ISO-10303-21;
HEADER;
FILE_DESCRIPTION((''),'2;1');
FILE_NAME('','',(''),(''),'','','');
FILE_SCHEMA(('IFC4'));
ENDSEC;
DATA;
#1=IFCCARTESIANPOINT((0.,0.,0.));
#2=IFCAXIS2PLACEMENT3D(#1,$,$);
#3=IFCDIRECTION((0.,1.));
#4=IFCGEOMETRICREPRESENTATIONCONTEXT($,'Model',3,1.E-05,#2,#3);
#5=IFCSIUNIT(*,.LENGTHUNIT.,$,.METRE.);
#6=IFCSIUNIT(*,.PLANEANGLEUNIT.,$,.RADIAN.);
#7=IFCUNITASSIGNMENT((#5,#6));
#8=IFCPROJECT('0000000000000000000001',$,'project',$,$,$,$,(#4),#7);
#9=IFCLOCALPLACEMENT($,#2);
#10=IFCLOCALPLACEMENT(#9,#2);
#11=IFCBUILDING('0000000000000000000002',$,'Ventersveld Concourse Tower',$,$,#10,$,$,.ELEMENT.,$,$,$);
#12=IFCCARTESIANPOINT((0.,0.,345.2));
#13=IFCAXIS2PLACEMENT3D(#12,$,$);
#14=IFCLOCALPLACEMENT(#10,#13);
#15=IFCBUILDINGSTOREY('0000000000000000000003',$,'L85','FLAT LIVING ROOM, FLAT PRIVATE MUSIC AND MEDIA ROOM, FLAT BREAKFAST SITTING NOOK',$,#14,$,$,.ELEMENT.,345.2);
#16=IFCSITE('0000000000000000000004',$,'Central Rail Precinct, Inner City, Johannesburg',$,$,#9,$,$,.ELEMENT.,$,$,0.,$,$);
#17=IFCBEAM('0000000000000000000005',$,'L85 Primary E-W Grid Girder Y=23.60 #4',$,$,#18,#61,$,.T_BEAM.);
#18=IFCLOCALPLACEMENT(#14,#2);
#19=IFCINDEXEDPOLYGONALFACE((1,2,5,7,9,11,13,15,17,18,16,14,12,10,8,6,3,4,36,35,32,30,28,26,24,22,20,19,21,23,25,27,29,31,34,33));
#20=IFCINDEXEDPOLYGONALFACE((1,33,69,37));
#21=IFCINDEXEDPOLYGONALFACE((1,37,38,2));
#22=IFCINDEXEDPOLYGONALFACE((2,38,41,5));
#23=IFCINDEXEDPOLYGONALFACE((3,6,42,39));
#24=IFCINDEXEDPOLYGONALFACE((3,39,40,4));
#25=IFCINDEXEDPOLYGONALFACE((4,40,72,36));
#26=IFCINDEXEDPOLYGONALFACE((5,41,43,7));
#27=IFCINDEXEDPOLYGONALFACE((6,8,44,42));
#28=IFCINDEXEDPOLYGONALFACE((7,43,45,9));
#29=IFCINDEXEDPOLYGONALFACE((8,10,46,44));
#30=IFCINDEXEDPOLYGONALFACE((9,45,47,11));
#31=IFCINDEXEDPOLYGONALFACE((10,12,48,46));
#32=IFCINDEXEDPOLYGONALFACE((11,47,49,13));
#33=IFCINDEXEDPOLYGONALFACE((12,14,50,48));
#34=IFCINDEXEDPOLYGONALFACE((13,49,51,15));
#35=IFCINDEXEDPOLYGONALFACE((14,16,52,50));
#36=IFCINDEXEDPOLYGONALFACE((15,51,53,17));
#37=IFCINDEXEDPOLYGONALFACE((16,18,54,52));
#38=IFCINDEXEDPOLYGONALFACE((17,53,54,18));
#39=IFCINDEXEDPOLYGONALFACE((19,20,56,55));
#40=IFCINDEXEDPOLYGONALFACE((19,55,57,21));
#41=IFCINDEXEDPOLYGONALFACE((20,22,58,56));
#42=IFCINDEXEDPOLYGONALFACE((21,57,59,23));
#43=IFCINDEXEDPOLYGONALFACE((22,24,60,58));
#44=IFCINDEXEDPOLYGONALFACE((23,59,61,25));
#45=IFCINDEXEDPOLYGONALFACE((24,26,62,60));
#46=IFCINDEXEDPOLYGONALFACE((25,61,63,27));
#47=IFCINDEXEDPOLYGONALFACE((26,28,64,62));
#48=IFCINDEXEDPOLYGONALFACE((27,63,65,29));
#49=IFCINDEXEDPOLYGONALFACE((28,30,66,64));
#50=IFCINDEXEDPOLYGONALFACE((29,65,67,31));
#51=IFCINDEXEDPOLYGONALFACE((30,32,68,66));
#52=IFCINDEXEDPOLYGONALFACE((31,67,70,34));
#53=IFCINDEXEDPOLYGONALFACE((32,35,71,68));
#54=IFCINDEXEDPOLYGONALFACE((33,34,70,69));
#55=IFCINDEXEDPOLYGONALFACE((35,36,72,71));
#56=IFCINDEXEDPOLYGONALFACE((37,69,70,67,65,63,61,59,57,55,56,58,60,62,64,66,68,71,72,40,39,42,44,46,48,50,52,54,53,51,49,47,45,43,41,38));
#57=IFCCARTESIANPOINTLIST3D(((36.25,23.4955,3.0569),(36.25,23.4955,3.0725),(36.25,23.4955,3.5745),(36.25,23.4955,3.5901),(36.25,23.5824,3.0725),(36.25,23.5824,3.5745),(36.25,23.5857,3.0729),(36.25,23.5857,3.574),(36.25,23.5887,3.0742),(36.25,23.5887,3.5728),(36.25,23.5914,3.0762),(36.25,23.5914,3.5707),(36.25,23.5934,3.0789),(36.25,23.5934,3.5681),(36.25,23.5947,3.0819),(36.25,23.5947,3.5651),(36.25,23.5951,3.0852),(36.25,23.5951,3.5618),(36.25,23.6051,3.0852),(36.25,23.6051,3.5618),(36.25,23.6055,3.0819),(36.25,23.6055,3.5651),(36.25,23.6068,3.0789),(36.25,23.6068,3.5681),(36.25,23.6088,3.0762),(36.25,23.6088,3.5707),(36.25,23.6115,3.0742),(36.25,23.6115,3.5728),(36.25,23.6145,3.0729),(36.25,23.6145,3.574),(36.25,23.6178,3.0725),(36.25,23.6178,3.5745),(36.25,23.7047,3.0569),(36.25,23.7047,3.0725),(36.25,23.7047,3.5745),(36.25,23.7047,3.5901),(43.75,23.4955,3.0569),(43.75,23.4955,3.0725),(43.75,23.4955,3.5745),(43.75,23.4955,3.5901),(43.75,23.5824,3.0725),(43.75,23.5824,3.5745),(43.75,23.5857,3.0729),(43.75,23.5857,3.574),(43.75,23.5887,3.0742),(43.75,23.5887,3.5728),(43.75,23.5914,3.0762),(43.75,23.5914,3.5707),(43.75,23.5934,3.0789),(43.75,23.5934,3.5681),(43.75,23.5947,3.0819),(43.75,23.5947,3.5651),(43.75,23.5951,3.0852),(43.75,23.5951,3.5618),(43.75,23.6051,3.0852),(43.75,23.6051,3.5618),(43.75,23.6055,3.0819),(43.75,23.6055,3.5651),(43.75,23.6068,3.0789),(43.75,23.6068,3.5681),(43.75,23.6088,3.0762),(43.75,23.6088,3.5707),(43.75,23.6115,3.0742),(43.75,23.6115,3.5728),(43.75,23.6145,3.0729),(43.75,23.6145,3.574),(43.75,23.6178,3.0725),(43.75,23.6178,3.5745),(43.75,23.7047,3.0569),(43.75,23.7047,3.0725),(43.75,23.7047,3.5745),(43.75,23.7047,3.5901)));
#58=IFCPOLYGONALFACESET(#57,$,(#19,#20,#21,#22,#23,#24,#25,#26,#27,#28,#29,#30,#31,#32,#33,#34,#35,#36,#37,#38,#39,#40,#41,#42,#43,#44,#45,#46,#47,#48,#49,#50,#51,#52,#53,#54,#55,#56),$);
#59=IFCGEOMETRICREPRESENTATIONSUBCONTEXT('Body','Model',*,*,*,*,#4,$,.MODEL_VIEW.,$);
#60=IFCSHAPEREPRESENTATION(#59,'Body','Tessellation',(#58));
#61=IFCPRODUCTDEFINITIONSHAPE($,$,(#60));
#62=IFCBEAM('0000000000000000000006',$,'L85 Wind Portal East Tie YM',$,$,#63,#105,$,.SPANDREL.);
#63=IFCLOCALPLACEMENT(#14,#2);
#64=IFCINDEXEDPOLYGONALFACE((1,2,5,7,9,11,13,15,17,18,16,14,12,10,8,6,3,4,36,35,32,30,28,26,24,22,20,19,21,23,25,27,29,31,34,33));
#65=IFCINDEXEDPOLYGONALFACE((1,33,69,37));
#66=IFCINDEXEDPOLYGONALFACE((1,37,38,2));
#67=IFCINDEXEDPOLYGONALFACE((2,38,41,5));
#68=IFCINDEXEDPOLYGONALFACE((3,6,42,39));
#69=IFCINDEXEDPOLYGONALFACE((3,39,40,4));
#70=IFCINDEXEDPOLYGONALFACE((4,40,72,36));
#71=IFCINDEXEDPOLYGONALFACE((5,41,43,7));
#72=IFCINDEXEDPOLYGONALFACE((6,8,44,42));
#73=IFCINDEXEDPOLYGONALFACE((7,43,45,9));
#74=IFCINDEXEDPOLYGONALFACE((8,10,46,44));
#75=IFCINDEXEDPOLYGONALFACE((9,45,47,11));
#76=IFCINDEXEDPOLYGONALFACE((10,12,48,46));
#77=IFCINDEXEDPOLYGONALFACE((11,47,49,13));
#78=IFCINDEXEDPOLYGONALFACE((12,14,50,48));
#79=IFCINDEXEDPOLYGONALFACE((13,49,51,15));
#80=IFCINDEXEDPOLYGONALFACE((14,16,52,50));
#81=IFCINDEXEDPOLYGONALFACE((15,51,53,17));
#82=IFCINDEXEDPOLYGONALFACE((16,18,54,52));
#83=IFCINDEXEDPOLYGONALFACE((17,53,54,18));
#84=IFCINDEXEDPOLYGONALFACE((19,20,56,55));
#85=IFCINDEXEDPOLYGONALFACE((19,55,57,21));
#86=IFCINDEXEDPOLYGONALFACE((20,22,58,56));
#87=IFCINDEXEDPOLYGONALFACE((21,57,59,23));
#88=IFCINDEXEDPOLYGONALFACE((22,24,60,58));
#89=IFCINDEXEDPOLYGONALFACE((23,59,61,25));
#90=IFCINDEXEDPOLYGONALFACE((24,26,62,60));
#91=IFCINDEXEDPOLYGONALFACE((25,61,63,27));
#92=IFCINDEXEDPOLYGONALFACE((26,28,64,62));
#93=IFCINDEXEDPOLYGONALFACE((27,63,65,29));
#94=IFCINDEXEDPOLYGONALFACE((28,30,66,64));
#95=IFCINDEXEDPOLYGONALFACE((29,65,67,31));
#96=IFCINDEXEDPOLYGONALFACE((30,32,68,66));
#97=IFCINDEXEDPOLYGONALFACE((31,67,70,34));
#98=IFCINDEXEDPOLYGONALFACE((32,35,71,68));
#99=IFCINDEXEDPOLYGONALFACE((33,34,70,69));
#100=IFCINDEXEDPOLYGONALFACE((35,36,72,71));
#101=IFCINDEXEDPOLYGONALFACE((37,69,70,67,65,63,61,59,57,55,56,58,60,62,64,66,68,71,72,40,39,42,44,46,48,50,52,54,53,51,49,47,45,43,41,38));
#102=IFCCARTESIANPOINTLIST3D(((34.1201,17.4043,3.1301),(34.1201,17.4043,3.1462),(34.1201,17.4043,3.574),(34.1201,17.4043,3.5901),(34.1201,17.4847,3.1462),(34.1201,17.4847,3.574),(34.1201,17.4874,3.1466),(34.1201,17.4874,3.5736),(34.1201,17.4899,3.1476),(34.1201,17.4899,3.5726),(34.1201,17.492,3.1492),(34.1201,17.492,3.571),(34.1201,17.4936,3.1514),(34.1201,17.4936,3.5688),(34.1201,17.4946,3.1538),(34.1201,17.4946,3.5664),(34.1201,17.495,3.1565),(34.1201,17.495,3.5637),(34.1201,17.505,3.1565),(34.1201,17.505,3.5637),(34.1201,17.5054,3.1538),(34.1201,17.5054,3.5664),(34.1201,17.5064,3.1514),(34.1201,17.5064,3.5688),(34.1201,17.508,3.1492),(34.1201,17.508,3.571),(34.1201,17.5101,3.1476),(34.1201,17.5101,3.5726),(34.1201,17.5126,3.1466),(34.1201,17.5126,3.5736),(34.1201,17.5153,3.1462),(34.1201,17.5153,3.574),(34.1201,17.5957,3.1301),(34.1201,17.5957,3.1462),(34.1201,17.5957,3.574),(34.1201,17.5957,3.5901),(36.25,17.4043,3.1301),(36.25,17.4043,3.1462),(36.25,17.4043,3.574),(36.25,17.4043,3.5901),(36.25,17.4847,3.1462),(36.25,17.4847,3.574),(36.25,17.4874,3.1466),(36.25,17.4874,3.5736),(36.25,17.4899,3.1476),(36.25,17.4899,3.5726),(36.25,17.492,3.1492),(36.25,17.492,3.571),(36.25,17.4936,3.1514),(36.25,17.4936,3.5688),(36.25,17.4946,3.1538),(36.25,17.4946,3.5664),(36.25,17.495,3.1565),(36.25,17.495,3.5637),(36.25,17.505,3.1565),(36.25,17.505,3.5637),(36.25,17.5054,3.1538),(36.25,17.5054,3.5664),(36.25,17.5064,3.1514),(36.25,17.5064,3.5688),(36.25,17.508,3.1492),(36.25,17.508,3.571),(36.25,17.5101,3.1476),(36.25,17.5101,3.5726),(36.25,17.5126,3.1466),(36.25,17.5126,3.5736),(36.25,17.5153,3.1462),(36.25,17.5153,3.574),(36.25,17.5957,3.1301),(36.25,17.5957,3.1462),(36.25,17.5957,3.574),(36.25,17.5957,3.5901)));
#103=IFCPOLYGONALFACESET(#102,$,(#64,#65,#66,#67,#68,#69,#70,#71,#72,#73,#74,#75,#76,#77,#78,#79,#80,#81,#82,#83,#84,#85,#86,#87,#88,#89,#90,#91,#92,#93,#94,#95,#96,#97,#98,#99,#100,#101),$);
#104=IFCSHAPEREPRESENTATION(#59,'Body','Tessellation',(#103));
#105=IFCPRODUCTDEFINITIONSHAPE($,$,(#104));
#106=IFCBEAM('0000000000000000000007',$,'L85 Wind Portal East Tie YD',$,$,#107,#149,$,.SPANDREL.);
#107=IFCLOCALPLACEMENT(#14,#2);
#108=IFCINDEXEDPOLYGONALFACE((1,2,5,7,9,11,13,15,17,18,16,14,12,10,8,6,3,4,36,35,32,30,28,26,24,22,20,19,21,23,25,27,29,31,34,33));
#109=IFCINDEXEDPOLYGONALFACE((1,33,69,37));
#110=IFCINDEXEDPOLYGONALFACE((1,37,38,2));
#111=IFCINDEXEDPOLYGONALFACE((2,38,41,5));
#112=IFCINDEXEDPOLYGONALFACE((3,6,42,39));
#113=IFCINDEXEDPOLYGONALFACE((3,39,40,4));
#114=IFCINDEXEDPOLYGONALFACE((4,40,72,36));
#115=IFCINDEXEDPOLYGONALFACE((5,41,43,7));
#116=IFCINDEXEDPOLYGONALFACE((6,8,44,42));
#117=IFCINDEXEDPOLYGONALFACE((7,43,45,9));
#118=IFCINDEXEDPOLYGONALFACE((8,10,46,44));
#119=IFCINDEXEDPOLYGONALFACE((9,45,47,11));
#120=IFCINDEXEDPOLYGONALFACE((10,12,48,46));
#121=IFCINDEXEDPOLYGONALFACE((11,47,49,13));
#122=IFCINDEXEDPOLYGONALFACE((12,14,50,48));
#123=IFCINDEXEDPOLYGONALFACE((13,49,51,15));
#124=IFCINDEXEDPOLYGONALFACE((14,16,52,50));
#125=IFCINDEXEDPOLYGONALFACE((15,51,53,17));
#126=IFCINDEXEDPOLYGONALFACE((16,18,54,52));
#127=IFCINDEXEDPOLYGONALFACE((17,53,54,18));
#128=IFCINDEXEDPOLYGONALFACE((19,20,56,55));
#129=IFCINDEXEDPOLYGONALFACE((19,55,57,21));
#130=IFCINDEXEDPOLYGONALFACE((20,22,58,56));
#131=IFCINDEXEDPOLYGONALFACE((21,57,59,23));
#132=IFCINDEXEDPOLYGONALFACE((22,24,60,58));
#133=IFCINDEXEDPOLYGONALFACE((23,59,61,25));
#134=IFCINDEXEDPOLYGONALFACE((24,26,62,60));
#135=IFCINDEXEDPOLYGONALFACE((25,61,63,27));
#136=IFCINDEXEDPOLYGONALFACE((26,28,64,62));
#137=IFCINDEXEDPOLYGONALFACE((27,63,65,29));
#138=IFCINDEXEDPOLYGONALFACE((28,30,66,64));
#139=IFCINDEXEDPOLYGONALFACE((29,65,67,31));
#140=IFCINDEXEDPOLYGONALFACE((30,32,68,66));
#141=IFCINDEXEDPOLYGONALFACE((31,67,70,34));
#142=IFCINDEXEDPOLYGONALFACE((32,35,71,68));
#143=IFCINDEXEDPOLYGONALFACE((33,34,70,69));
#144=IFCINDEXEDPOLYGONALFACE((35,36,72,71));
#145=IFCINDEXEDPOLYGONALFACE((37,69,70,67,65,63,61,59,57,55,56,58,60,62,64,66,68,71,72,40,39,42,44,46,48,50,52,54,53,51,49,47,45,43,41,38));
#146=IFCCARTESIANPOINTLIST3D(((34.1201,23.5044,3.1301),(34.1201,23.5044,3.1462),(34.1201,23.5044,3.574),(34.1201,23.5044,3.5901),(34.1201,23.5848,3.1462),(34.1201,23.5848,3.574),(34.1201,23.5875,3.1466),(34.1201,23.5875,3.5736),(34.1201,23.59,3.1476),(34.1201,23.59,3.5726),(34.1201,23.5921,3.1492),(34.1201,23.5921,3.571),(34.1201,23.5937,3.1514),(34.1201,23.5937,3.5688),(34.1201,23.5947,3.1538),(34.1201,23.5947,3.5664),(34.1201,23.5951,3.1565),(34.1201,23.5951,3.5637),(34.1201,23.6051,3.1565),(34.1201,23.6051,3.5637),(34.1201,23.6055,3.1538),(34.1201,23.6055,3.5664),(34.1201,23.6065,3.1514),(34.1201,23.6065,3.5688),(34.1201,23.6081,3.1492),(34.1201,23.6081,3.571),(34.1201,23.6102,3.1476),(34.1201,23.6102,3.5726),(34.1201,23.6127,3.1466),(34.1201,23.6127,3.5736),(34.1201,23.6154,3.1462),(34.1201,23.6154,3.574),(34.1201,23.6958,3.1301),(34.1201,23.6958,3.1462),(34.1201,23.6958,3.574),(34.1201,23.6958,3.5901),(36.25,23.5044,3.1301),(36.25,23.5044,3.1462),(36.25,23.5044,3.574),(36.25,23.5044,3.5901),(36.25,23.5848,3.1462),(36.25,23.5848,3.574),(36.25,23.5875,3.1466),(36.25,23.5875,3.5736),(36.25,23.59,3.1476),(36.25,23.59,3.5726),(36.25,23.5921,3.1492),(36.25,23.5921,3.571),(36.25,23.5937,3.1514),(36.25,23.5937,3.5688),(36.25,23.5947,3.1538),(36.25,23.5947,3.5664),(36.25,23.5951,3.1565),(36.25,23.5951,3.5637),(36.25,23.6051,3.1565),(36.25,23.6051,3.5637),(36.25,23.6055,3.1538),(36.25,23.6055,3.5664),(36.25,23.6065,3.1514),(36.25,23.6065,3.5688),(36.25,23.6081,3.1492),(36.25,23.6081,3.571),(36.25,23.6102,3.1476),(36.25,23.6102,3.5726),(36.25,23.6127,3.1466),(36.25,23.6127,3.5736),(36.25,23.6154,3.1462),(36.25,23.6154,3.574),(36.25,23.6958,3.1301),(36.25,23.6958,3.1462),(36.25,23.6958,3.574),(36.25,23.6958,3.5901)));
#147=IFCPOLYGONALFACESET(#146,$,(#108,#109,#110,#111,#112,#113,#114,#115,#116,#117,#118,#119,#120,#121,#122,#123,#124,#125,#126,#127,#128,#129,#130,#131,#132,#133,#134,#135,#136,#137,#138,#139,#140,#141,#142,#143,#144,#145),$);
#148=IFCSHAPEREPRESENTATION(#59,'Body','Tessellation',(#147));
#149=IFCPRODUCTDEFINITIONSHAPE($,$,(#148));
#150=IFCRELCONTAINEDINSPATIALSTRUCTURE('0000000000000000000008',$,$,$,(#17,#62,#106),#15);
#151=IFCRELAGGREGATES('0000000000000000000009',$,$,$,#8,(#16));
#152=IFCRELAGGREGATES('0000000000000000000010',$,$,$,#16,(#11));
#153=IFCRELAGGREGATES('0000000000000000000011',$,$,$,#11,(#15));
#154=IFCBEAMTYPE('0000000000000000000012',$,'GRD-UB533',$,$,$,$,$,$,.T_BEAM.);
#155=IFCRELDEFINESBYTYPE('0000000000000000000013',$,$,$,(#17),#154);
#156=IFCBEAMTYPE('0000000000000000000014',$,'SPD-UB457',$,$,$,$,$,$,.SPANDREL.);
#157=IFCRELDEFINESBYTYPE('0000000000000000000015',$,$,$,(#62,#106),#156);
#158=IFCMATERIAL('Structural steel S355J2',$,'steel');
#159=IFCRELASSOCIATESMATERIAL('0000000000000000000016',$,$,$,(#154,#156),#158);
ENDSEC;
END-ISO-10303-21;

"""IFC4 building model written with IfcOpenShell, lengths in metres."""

from ifc_helpers import new_model, si_unit, direction, frame, origin, origin_2d, place, context, subcontext, project, spatial, i_section, extrude, material, material_profile, profile_set, type_object, element, save


model = new_model("IFC4")

# Units and contexts
model_context = context("Model", 3, precision=1e-05, world=origin(), true_north=direction((0.0, 1.0)))
body_context = subcontext(model_context, "Body", "Model", "MODEL_VIEW")
ifc_project = project(units=[si_unit("LENGTHUNIT", "METRE"), si_unit("PLANEANGLEUNIT", "RADIAN")], contexts=[model_context])

# Site, building, storey
site_placement = place(None, origin())
site = spatial("IfcSite", under=ifc_project, at=site_placement, Name="Central Rail Precinct, Inner City, Johannesburg", CompositionType="ELEMENT", RefElevation=0.0)
building_placement = place(site_placement, origin())
building = spatial("IfcBuilding", under=site, at=building_placement, Name="Ventersveld Concourse Tower", CompositionType="ELEMENT")
storey_placement = place(building_placement, frame((0.0, 0.0, 345.2)))
storey = spatial("IfcBuildingStorey", under=building, at=storey_placement, Name="L85", Description="FLAT LIVING ROOM, FLAT PRIVATE MUSIC AND MEDIA ROOM, FLAT BREAKFAST SITTING NOOK", CompositionType="ELEMENT", Elevation=345.2)

# Shared definitions
ifc_material_1 = material(Name="Structural steel S355J2", Category="steel")

# Beams
ifc_material_profile_1 = material_profile(ifc_material_1, i_section(OverallWidth=0.2092, OverallDepth=0.5332, WebThickness=0.01, FlangeThickness=0.0156, FilletRadius=0.0127, at=origin_2d()), Name="UB 533x210x92")
ifc_profile_set_1 = profile_set([ifc_material_profile_1], Name="Structural steel S355J2")
beam_type_1 = type_object("IfcBeamType", Name="GRD-UB533", PredefinedType="T_BEAM", material=ifc_profile_set_1)
beam_placement = place(storey_placement, frame((36.25, 23.6001, 3.3235), z_axis=(1.0, 0.0, 0.0), x_axis=(0.0, 1.0, 0.0)))
element("IfcBeam", 1, at=beam_placement, inside=storey, type_object=beam_type_1, Name="L85 Primary E-W Grid Girder Y=23.60 #4", PredefinedType="T_BEAM", context=body_context, shape_type="SweptSolid", body=[
    extrude(i_section(OverallWidth=0.2092, OverallDepth=0.5332, WebThickness=0.01, FlangeThickness=0.0156, FilletRadius=0.0127, at=origin_2d()), origin(), (0.0, 0.0, 1.0), 7.5),
])
ifc_material_profile_2 = material_profile(ifc_material_1, i_section(OverallWidth=0.1914, OverallDepth=0.46, WebThickness=0.01, FlangeThickness=0.0161, FilletRadius=0.0103, at=origin_2d()), Name="UB 457x191x82")
ifc_profile_set_2 = profile_set([ifc_material_profile_2], Name="Structural steel S355J2")
beam_type_2 = type_object("IfcBeamType", Name="SPD-UB457", PredefinedType="SPANDREL", material=ifc_profile_set_2)
for number, where, z_axis, x_axis, name in (
    (2, (34.1201, 17.5, 3.3601), (1.0, 0.0, 0.0), (0.0, 1.0, 0.0), "L85 Wind Portal East Tie YM"),
    (3, (34.1201, 23.6001, 3.3601), (1.0, 0.0, 0.0), (0.0, 1.0, 0.0), "L85 Wind Portal East Tie YD"),
):
    element("IfcBeam", number, at=place(storey_placement, frame(where, z_axis=z_axis, x_axis=x_axis)), inside=storey, type_object=beam_type_2, Name=name, PredefinedType="SPANDREL", context=body_context, shape_type="SweptSolid", body=[
        extrude(i_section(OverallWidth=0.1914, OverallDepth=0.46, WebThickness=0.01, FlangeThickness=0.0161, FilletRadius=0.0103, at=origin_2d()), origin(), (0.0, 0.0, 1.0), 2.1299),
    ])

save(model, "model.ifc")
